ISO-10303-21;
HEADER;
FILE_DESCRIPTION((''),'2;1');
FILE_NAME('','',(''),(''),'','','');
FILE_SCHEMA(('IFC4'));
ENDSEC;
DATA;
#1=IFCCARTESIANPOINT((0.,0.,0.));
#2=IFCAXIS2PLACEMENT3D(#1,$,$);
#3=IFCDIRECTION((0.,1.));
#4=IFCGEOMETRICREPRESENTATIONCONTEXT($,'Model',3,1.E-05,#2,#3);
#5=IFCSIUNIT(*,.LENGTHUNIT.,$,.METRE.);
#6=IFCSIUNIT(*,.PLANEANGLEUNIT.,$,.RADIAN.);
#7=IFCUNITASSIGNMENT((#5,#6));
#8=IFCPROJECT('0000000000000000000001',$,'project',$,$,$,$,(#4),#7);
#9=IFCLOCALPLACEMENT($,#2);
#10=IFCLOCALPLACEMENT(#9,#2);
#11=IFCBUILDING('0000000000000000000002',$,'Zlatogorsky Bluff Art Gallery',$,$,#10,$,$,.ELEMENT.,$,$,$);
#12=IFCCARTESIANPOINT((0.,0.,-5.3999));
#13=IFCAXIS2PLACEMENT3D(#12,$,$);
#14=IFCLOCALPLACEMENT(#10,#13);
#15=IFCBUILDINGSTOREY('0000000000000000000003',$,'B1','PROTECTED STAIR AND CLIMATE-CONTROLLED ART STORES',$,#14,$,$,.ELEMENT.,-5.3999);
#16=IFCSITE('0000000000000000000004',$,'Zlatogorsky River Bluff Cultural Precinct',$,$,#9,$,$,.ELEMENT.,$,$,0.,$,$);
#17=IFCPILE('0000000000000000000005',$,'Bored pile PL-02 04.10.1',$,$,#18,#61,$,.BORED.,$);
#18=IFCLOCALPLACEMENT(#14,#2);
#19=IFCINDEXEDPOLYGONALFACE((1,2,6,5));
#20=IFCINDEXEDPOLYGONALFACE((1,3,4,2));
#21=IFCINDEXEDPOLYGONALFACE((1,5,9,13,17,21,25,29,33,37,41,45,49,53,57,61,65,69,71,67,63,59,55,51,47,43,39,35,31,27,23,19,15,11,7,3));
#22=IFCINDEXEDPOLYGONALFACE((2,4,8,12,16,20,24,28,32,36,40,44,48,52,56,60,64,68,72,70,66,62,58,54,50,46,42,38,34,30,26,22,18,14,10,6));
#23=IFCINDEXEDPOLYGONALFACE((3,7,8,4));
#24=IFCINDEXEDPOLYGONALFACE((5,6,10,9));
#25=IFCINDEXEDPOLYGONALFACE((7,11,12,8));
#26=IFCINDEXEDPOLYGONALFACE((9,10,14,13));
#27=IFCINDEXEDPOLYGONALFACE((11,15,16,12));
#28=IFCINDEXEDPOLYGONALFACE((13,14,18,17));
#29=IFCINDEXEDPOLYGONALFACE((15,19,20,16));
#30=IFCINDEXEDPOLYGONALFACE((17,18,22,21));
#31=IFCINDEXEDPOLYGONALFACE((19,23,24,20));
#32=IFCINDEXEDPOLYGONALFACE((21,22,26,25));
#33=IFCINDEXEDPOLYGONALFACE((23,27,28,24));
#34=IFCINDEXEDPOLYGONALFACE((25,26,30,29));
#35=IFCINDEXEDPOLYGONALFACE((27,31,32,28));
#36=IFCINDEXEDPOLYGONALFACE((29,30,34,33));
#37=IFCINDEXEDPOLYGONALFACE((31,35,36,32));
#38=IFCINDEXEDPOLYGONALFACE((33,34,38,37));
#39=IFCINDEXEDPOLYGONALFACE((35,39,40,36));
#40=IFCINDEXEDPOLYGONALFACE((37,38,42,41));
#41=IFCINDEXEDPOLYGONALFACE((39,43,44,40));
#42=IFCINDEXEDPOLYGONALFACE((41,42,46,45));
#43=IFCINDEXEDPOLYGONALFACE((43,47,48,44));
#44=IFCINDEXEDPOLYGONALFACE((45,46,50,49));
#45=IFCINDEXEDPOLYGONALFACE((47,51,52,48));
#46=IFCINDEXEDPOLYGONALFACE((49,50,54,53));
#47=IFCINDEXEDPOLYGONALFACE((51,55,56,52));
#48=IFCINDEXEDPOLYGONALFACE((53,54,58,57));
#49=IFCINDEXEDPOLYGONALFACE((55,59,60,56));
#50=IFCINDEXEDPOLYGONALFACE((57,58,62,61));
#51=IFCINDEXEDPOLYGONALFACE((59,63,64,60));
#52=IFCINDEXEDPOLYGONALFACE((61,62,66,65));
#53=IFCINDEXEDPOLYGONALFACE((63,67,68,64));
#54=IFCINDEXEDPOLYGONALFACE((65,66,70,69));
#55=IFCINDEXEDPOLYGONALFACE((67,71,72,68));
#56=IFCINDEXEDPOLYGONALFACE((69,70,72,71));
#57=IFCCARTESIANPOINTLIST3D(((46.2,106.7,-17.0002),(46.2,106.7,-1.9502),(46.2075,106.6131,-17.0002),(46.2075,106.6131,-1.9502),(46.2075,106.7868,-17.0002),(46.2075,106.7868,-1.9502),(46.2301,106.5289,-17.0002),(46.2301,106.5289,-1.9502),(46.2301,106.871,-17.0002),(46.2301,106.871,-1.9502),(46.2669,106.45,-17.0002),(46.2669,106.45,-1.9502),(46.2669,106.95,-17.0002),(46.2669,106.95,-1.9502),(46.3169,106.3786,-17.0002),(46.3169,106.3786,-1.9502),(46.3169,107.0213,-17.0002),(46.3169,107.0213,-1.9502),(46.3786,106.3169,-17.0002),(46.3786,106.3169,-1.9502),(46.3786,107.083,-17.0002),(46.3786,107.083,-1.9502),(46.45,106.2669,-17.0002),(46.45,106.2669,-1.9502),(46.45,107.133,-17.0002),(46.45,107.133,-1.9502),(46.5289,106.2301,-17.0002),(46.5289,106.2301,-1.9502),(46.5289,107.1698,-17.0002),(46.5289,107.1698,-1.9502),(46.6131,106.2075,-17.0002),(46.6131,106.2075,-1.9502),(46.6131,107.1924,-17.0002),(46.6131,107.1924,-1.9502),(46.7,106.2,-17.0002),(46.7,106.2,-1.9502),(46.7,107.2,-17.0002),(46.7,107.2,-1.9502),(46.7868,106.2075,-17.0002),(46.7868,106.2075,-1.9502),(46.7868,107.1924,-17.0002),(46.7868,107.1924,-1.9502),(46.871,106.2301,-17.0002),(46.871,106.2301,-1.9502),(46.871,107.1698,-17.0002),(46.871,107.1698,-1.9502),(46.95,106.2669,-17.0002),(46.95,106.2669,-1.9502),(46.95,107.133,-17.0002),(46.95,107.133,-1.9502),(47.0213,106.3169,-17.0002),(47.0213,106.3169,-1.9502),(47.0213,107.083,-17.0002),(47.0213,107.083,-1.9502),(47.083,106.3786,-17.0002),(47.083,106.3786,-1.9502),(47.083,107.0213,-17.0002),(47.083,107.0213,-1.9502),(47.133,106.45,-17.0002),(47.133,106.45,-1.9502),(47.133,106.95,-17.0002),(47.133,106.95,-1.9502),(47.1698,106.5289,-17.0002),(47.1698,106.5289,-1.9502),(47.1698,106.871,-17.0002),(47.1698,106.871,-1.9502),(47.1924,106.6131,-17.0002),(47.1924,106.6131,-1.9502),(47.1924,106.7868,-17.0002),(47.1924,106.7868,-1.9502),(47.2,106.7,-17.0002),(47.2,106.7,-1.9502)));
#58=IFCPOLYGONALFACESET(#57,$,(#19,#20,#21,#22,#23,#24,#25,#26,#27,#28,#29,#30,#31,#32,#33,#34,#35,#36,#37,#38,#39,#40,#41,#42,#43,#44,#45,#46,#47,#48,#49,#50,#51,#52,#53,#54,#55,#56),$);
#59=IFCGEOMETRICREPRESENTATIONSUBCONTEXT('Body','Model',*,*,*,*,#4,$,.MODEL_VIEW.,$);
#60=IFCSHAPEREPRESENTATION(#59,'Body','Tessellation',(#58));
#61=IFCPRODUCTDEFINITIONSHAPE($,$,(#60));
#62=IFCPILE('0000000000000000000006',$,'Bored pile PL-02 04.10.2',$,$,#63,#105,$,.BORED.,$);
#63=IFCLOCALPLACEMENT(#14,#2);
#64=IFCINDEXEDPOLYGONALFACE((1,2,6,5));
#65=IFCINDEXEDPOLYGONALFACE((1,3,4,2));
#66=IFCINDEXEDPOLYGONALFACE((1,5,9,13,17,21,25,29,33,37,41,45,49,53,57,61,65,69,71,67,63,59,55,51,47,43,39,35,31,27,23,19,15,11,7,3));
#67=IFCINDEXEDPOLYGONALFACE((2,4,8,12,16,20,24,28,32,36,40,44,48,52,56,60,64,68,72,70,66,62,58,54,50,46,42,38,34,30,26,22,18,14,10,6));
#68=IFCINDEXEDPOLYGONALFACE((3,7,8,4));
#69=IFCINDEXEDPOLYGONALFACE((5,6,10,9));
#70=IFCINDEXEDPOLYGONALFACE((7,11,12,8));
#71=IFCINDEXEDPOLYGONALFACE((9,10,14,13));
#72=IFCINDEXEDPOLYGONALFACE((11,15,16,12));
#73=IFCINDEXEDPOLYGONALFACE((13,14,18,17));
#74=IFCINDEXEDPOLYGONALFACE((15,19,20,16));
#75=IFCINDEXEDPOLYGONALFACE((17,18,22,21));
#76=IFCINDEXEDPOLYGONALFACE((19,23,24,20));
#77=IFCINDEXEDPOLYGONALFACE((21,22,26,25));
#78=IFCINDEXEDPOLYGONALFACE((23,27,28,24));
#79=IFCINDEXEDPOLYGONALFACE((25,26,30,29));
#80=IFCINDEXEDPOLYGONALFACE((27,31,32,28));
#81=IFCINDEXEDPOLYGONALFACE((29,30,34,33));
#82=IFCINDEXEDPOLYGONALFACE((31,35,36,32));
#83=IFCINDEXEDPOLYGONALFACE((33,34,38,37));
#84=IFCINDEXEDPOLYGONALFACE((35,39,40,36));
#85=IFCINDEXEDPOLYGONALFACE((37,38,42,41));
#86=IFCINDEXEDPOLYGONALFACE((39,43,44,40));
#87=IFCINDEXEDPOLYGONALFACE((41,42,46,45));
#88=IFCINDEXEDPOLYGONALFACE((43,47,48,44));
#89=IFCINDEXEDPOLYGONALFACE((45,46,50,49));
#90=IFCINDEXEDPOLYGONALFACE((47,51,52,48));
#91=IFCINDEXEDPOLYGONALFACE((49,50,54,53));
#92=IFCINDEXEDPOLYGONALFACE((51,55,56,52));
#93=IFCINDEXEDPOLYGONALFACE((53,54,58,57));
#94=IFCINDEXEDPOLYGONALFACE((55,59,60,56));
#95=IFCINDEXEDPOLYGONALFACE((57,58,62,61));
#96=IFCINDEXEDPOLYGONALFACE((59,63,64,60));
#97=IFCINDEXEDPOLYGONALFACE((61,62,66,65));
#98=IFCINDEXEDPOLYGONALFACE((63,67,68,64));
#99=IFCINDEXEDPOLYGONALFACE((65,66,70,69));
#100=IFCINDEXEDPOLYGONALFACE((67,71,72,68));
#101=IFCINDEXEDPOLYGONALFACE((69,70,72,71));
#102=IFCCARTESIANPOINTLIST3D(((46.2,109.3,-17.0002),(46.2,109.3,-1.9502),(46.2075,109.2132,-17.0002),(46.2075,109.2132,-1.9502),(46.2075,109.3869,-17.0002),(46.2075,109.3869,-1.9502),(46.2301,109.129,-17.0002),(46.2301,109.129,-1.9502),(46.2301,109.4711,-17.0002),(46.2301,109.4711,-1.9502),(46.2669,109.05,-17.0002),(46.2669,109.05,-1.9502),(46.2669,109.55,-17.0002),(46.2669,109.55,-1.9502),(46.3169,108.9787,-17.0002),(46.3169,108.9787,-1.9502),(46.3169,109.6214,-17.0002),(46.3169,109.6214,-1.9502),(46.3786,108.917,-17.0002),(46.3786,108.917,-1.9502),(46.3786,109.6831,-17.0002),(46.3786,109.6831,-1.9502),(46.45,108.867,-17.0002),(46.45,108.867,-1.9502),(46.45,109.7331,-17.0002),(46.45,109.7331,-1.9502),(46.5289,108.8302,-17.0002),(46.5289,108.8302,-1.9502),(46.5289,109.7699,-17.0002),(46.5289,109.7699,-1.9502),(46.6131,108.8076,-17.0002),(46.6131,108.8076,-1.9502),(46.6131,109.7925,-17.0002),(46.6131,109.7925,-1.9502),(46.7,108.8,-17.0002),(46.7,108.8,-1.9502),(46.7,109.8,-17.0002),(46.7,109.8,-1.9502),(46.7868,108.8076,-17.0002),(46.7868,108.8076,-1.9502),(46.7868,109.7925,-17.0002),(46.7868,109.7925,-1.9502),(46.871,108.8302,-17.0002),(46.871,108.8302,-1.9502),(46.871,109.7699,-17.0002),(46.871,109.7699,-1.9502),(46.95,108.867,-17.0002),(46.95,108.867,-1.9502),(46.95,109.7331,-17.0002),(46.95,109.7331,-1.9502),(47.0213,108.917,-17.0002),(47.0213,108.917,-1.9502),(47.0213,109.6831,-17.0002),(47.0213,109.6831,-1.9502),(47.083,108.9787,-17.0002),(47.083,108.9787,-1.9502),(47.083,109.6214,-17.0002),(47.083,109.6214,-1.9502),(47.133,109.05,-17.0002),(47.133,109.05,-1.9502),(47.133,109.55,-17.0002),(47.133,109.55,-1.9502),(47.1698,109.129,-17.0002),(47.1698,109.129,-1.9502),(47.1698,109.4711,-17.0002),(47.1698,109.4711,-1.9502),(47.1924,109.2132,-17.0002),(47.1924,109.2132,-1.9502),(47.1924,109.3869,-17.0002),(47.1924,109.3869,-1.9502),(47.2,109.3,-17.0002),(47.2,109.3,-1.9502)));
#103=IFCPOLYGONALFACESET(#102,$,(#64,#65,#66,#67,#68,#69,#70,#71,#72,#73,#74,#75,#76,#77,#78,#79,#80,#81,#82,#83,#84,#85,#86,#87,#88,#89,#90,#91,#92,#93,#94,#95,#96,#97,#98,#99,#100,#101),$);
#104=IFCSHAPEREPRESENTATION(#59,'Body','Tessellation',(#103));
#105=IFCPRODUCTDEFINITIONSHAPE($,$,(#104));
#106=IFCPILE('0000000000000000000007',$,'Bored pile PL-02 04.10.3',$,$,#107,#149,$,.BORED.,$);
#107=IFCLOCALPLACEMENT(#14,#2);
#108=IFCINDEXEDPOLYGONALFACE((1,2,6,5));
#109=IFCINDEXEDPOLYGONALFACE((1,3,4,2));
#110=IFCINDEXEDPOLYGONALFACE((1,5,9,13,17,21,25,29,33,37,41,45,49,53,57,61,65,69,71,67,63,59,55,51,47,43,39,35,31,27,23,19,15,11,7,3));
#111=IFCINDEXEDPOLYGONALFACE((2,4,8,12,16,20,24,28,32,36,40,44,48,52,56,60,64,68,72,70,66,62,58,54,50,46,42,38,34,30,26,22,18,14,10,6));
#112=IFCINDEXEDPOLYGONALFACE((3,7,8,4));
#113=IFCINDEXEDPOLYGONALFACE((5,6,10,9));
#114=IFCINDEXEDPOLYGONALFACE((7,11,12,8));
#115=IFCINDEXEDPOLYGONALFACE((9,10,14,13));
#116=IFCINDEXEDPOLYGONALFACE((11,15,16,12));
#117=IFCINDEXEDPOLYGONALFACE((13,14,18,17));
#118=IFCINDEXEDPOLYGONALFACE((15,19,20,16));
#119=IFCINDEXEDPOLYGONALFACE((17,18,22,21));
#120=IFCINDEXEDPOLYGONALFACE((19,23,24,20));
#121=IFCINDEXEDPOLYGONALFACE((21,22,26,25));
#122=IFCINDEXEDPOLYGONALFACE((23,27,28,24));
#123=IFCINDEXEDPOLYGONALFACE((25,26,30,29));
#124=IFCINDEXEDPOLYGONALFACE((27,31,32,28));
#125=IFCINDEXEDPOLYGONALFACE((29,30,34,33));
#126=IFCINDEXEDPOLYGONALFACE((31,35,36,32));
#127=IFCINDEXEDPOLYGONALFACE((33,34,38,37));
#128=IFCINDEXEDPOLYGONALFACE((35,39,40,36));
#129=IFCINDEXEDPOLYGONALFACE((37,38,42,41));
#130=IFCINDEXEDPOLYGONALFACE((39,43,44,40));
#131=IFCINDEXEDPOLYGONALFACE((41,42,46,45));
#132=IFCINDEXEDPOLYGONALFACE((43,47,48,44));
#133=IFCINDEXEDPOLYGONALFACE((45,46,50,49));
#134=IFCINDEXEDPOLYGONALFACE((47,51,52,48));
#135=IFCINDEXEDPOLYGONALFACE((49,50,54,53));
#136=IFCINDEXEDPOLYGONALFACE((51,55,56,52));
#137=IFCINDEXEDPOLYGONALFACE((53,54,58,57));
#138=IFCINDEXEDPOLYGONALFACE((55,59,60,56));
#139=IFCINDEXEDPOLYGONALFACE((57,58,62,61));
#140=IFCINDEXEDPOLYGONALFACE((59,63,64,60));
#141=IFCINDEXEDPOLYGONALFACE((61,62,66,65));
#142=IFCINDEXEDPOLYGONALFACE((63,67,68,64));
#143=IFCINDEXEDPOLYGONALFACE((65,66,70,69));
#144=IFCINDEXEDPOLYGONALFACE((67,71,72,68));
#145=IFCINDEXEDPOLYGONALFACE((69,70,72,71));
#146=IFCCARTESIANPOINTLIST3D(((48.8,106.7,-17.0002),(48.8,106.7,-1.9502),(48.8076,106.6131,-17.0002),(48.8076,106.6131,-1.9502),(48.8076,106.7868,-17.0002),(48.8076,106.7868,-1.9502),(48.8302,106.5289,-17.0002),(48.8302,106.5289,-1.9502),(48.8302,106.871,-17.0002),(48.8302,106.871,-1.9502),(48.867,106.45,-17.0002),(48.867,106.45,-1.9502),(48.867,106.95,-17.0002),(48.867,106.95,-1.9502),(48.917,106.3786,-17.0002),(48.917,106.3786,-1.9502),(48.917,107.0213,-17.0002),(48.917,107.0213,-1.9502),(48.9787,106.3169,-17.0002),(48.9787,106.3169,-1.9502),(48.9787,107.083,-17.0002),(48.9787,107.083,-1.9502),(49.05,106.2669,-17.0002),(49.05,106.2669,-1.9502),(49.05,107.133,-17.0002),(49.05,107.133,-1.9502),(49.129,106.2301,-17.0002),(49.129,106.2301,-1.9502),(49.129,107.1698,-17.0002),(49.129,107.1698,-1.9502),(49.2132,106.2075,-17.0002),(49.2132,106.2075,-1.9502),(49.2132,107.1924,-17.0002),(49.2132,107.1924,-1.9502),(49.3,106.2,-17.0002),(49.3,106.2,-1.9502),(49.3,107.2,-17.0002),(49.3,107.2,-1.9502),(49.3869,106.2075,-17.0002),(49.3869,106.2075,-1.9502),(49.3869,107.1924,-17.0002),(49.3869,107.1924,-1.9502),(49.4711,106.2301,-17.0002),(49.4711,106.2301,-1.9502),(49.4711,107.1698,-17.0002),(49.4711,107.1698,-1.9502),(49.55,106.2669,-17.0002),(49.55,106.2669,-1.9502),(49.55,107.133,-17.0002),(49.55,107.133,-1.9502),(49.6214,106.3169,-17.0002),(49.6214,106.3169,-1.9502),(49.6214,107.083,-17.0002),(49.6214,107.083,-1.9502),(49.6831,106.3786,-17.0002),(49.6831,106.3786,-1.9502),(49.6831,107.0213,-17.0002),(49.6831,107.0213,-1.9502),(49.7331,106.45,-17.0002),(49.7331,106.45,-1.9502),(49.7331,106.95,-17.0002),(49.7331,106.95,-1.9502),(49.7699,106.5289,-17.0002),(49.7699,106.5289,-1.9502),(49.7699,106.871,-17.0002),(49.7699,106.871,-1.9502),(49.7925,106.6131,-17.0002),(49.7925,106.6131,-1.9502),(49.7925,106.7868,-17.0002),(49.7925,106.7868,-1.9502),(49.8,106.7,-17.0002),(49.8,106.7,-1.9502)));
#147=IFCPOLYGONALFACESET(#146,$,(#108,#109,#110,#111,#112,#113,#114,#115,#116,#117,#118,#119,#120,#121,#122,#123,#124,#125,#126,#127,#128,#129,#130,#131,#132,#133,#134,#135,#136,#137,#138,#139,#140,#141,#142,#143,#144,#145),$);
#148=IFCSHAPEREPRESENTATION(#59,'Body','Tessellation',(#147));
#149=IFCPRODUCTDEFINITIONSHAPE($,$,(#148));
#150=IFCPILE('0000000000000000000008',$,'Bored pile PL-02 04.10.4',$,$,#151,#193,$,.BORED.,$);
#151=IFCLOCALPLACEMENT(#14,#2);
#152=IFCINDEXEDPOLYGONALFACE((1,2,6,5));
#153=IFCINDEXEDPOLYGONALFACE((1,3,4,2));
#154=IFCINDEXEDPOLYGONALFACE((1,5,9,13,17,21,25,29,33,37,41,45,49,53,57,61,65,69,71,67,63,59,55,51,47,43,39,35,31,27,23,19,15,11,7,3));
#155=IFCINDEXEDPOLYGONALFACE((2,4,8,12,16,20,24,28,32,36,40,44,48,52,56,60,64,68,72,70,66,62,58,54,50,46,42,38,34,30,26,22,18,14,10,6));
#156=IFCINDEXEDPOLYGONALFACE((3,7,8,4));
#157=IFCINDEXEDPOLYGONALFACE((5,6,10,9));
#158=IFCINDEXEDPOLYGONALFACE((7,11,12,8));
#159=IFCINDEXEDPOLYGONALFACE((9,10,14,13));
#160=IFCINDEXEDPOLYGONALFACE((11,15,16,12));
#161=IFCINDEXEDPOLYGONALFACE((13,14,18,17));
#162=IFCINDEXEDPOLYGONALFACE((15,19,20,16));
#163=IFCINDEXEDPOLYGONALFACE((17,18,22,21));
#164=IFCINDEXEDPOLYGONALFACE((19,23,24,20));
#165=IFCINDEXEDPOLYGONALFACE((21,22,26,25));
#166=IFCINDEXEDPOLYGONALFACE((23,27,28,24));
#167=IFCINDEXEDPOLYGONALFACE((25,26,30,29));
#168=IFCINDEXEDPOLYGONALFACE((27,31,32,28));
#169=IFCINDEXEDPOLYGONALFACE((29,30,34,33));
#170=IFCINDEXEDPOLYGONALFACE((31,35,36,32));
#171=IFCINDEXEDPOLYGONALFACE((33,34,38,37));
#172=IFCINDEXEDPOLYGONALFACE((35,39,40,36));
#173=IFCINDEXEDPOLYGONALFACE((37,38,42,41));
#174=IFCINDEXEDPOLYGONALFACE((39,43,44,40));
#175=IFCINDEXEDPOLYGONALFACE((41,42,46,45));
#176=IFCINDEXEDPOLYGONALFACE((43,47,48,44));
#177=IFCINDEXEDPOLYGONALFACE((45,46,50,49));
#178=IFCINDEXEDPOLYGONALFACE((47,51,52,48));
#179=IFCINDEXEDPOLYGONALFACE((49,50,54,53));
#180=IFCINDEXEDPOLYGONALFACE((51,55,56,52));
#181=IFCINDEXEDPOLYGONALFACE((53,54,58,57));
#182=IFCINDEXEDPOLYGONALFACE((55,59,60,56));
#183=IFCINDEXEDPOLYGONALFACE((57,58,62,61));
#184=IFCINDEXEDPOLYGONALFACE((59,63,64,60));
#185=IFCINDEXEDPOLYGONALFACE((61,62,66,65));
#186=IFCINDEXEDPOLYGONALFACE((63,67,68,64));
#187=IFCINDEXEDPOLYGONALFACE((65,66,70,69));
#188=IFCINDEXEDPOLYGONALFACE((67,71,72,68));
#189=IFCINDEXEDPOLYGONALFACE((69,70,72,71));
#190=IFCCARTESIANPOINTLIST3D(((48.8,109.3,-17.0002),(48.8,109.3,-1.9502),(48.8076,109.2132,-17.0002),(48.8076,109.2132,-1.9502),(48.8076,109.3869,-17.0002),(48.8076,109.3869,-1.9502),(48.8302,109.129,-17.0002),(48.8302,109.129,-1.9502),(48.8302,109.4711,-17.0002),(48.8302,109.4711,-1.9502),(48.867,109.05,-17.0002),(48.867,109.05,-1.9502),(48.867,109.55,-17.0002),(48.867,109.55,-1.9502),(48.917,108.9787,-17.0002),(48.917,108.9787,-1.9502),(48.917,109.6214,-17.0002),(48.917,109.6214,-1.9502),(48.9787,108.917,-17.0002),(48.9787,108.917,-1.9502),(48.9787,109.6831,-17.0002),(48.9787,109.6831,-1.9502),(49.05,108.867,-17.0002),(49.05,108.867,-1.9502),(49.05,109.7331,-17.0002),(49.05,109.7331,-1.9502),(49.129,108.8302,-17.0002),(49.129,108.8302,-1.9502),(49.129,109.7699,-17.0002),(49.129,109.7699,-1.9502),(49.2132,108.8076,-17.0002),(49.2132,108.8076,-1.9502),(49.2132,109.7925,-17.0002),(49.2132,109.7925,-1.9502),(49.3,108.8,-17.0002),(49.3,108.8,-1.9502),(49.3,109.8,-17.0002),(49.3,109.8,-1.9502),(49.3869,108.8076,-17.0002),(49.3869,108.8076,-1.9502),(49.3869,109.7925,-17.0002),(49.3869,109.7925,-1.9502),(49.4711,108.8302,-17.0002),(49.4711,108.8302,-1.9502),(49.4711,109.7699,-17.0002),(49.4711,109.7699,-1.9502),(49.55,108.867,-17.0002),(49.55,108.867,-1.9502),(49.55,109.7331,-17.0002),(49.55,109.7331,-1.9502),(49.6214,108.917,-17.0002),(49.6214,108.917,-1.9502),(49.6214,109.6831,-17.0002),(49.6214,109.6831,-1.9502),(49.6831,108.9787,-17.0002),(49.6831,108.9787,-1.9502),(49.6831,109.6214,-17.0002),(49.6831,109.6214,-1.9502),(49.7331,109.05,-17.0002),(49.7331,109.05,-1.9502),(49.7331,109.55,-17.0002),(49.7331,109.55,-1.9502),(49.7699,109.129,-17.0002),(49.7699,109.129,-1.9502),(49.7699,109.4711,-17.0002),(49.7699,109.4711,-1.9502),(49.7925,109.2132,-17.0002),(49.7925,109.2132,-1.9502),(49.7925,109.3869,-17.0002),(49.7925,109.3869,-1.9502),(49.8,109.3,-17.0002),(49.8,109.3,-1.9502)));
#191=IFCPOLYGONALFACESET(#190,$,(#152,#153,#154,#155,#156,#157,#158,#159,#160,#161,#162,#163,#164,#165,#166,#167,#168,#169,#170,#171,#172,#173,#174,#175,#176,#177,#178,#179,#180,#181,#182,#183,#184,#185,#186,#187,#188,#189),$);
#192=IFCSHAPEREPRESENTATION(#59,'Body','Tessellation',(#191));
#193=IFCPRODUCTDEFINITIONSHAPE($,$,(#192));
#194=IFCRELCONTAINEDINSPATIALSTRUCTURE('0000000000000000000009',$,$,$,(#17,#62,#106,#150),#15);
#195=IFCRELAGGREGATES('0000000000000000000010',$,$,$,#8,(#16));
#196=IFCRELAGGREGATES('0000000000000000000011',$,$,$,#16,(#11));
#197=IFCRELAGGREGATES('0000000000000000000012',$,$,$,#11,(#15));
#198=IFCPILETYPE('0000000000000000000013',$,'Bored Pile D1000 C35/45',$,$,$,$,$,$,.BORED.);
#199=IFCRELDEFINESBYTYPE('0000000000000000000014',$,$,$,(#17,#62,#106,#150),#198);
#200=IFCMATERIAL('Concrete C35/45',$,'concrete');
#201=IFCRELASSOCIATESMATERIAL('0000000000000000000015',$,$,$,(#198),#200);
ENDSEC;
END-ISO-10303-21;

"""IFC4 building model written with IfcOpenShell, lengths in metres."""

from ifc_helpers import new_model, si_unit, direction, frame, origin, origin_2d, place, context, subcontext, project, spatial, circle, extrude, material, material_profile, profile_set, type_object, element, save


model = new_model("IFC4")

# Units and contexts
model_context = context("Model", 3, precision=1e-05, world=origin(), true_north=direction((0.0, 1.0)))
body_context = subcontext(model_context, "Body", "Model", "MODEL_VIEW")
ifc_project = project(units=[si_unit("LENGTHUNIT", "METRE"), si_unit("PLANEANGLEUNIT", "RADIAN")], contexts=[model_context])

# Site, building, storey
site_placement = place(None, origin())
site = spatial("IfcSite", under=ifc_project, at=site_placement, Name="Zlatogorsky River Bluff Cultural Precinct", CompositionType="ELEMENT", RefElevation=0.0)
building_placement = place(site_placement, origin())
building = spatial("IfcBuilding", under=site, at=building_placement, Name="Zlatogorsky Bluff Art Gallery", CompositionType="ELEMENT")
storey_placement = place(building_placement, frame((0.0, 0.0, -5.3999)))
storey = spatial("IfcBuildingStorey", under=building, at=storey_placement, Name="B1", Description="PROTECTED STAIR AND CLIMATE-CONTROLLED ART STORES", CompositionType="ELEMENT", Elevation=-5.3999)

# Piles
ifc_material_1 = material(Name="Concrete C35/45", Category="concrete")
ifc_material_profile_1 = material_profile(ifc_material_1, circle(Radius=0.5, at=origin_2d()), Name="BORED PILE D1000")
ifc_profile_set_1 = profile_set([ifc_material_profile_1], Name="Concrete C35/45")
pile_type = type_object("IfcPileType", Name="Bored Pile D1000 C35/45", PredefinedType="BORED", material=ifc_profile_set_1)
for number, where, z_axis, x_axis, name in (
    (1, (46.7, 106.7, -1.9502), (0.0, 0.0, -1.0), (1.0, 0.0, 0.0), "Bored pile PL-02 04.10.1"),
    (2, (46.7, 109.3, -1.9502), (0.0, 0.0, -1.0), (1.0, 0.0, 0.0), "Bored pile PL-02 04.10.2"),
    (3, (49.3, 106.7, -1.9502), (0.0, 0.0, -1.0), (1.0, 0.0, 0.0), "Bored pile PL-02 04.10.3"),
    (4, (49.3, 109.3, -1.9502), (0.0, 0.0, -1.0), (1.0, 0.0, 0.0), "Bored pile PL-02 04.10.4"),
):
    element("IfcPile", number, at=place(storey_placement, frame(where, z_axis=z_axis, x_axis=x_axis)), inside=storey, type_object=pile_type, Name=name, PredefinedType="BORED", context=body_context, shape_type="SweptSolid", body=[
        extrude(circle(Radius=0.5, at=origin_2d()), origin(), (0.0, 0.0, 1.0), 15.05),
    ])

save(model, "model.ifc")
